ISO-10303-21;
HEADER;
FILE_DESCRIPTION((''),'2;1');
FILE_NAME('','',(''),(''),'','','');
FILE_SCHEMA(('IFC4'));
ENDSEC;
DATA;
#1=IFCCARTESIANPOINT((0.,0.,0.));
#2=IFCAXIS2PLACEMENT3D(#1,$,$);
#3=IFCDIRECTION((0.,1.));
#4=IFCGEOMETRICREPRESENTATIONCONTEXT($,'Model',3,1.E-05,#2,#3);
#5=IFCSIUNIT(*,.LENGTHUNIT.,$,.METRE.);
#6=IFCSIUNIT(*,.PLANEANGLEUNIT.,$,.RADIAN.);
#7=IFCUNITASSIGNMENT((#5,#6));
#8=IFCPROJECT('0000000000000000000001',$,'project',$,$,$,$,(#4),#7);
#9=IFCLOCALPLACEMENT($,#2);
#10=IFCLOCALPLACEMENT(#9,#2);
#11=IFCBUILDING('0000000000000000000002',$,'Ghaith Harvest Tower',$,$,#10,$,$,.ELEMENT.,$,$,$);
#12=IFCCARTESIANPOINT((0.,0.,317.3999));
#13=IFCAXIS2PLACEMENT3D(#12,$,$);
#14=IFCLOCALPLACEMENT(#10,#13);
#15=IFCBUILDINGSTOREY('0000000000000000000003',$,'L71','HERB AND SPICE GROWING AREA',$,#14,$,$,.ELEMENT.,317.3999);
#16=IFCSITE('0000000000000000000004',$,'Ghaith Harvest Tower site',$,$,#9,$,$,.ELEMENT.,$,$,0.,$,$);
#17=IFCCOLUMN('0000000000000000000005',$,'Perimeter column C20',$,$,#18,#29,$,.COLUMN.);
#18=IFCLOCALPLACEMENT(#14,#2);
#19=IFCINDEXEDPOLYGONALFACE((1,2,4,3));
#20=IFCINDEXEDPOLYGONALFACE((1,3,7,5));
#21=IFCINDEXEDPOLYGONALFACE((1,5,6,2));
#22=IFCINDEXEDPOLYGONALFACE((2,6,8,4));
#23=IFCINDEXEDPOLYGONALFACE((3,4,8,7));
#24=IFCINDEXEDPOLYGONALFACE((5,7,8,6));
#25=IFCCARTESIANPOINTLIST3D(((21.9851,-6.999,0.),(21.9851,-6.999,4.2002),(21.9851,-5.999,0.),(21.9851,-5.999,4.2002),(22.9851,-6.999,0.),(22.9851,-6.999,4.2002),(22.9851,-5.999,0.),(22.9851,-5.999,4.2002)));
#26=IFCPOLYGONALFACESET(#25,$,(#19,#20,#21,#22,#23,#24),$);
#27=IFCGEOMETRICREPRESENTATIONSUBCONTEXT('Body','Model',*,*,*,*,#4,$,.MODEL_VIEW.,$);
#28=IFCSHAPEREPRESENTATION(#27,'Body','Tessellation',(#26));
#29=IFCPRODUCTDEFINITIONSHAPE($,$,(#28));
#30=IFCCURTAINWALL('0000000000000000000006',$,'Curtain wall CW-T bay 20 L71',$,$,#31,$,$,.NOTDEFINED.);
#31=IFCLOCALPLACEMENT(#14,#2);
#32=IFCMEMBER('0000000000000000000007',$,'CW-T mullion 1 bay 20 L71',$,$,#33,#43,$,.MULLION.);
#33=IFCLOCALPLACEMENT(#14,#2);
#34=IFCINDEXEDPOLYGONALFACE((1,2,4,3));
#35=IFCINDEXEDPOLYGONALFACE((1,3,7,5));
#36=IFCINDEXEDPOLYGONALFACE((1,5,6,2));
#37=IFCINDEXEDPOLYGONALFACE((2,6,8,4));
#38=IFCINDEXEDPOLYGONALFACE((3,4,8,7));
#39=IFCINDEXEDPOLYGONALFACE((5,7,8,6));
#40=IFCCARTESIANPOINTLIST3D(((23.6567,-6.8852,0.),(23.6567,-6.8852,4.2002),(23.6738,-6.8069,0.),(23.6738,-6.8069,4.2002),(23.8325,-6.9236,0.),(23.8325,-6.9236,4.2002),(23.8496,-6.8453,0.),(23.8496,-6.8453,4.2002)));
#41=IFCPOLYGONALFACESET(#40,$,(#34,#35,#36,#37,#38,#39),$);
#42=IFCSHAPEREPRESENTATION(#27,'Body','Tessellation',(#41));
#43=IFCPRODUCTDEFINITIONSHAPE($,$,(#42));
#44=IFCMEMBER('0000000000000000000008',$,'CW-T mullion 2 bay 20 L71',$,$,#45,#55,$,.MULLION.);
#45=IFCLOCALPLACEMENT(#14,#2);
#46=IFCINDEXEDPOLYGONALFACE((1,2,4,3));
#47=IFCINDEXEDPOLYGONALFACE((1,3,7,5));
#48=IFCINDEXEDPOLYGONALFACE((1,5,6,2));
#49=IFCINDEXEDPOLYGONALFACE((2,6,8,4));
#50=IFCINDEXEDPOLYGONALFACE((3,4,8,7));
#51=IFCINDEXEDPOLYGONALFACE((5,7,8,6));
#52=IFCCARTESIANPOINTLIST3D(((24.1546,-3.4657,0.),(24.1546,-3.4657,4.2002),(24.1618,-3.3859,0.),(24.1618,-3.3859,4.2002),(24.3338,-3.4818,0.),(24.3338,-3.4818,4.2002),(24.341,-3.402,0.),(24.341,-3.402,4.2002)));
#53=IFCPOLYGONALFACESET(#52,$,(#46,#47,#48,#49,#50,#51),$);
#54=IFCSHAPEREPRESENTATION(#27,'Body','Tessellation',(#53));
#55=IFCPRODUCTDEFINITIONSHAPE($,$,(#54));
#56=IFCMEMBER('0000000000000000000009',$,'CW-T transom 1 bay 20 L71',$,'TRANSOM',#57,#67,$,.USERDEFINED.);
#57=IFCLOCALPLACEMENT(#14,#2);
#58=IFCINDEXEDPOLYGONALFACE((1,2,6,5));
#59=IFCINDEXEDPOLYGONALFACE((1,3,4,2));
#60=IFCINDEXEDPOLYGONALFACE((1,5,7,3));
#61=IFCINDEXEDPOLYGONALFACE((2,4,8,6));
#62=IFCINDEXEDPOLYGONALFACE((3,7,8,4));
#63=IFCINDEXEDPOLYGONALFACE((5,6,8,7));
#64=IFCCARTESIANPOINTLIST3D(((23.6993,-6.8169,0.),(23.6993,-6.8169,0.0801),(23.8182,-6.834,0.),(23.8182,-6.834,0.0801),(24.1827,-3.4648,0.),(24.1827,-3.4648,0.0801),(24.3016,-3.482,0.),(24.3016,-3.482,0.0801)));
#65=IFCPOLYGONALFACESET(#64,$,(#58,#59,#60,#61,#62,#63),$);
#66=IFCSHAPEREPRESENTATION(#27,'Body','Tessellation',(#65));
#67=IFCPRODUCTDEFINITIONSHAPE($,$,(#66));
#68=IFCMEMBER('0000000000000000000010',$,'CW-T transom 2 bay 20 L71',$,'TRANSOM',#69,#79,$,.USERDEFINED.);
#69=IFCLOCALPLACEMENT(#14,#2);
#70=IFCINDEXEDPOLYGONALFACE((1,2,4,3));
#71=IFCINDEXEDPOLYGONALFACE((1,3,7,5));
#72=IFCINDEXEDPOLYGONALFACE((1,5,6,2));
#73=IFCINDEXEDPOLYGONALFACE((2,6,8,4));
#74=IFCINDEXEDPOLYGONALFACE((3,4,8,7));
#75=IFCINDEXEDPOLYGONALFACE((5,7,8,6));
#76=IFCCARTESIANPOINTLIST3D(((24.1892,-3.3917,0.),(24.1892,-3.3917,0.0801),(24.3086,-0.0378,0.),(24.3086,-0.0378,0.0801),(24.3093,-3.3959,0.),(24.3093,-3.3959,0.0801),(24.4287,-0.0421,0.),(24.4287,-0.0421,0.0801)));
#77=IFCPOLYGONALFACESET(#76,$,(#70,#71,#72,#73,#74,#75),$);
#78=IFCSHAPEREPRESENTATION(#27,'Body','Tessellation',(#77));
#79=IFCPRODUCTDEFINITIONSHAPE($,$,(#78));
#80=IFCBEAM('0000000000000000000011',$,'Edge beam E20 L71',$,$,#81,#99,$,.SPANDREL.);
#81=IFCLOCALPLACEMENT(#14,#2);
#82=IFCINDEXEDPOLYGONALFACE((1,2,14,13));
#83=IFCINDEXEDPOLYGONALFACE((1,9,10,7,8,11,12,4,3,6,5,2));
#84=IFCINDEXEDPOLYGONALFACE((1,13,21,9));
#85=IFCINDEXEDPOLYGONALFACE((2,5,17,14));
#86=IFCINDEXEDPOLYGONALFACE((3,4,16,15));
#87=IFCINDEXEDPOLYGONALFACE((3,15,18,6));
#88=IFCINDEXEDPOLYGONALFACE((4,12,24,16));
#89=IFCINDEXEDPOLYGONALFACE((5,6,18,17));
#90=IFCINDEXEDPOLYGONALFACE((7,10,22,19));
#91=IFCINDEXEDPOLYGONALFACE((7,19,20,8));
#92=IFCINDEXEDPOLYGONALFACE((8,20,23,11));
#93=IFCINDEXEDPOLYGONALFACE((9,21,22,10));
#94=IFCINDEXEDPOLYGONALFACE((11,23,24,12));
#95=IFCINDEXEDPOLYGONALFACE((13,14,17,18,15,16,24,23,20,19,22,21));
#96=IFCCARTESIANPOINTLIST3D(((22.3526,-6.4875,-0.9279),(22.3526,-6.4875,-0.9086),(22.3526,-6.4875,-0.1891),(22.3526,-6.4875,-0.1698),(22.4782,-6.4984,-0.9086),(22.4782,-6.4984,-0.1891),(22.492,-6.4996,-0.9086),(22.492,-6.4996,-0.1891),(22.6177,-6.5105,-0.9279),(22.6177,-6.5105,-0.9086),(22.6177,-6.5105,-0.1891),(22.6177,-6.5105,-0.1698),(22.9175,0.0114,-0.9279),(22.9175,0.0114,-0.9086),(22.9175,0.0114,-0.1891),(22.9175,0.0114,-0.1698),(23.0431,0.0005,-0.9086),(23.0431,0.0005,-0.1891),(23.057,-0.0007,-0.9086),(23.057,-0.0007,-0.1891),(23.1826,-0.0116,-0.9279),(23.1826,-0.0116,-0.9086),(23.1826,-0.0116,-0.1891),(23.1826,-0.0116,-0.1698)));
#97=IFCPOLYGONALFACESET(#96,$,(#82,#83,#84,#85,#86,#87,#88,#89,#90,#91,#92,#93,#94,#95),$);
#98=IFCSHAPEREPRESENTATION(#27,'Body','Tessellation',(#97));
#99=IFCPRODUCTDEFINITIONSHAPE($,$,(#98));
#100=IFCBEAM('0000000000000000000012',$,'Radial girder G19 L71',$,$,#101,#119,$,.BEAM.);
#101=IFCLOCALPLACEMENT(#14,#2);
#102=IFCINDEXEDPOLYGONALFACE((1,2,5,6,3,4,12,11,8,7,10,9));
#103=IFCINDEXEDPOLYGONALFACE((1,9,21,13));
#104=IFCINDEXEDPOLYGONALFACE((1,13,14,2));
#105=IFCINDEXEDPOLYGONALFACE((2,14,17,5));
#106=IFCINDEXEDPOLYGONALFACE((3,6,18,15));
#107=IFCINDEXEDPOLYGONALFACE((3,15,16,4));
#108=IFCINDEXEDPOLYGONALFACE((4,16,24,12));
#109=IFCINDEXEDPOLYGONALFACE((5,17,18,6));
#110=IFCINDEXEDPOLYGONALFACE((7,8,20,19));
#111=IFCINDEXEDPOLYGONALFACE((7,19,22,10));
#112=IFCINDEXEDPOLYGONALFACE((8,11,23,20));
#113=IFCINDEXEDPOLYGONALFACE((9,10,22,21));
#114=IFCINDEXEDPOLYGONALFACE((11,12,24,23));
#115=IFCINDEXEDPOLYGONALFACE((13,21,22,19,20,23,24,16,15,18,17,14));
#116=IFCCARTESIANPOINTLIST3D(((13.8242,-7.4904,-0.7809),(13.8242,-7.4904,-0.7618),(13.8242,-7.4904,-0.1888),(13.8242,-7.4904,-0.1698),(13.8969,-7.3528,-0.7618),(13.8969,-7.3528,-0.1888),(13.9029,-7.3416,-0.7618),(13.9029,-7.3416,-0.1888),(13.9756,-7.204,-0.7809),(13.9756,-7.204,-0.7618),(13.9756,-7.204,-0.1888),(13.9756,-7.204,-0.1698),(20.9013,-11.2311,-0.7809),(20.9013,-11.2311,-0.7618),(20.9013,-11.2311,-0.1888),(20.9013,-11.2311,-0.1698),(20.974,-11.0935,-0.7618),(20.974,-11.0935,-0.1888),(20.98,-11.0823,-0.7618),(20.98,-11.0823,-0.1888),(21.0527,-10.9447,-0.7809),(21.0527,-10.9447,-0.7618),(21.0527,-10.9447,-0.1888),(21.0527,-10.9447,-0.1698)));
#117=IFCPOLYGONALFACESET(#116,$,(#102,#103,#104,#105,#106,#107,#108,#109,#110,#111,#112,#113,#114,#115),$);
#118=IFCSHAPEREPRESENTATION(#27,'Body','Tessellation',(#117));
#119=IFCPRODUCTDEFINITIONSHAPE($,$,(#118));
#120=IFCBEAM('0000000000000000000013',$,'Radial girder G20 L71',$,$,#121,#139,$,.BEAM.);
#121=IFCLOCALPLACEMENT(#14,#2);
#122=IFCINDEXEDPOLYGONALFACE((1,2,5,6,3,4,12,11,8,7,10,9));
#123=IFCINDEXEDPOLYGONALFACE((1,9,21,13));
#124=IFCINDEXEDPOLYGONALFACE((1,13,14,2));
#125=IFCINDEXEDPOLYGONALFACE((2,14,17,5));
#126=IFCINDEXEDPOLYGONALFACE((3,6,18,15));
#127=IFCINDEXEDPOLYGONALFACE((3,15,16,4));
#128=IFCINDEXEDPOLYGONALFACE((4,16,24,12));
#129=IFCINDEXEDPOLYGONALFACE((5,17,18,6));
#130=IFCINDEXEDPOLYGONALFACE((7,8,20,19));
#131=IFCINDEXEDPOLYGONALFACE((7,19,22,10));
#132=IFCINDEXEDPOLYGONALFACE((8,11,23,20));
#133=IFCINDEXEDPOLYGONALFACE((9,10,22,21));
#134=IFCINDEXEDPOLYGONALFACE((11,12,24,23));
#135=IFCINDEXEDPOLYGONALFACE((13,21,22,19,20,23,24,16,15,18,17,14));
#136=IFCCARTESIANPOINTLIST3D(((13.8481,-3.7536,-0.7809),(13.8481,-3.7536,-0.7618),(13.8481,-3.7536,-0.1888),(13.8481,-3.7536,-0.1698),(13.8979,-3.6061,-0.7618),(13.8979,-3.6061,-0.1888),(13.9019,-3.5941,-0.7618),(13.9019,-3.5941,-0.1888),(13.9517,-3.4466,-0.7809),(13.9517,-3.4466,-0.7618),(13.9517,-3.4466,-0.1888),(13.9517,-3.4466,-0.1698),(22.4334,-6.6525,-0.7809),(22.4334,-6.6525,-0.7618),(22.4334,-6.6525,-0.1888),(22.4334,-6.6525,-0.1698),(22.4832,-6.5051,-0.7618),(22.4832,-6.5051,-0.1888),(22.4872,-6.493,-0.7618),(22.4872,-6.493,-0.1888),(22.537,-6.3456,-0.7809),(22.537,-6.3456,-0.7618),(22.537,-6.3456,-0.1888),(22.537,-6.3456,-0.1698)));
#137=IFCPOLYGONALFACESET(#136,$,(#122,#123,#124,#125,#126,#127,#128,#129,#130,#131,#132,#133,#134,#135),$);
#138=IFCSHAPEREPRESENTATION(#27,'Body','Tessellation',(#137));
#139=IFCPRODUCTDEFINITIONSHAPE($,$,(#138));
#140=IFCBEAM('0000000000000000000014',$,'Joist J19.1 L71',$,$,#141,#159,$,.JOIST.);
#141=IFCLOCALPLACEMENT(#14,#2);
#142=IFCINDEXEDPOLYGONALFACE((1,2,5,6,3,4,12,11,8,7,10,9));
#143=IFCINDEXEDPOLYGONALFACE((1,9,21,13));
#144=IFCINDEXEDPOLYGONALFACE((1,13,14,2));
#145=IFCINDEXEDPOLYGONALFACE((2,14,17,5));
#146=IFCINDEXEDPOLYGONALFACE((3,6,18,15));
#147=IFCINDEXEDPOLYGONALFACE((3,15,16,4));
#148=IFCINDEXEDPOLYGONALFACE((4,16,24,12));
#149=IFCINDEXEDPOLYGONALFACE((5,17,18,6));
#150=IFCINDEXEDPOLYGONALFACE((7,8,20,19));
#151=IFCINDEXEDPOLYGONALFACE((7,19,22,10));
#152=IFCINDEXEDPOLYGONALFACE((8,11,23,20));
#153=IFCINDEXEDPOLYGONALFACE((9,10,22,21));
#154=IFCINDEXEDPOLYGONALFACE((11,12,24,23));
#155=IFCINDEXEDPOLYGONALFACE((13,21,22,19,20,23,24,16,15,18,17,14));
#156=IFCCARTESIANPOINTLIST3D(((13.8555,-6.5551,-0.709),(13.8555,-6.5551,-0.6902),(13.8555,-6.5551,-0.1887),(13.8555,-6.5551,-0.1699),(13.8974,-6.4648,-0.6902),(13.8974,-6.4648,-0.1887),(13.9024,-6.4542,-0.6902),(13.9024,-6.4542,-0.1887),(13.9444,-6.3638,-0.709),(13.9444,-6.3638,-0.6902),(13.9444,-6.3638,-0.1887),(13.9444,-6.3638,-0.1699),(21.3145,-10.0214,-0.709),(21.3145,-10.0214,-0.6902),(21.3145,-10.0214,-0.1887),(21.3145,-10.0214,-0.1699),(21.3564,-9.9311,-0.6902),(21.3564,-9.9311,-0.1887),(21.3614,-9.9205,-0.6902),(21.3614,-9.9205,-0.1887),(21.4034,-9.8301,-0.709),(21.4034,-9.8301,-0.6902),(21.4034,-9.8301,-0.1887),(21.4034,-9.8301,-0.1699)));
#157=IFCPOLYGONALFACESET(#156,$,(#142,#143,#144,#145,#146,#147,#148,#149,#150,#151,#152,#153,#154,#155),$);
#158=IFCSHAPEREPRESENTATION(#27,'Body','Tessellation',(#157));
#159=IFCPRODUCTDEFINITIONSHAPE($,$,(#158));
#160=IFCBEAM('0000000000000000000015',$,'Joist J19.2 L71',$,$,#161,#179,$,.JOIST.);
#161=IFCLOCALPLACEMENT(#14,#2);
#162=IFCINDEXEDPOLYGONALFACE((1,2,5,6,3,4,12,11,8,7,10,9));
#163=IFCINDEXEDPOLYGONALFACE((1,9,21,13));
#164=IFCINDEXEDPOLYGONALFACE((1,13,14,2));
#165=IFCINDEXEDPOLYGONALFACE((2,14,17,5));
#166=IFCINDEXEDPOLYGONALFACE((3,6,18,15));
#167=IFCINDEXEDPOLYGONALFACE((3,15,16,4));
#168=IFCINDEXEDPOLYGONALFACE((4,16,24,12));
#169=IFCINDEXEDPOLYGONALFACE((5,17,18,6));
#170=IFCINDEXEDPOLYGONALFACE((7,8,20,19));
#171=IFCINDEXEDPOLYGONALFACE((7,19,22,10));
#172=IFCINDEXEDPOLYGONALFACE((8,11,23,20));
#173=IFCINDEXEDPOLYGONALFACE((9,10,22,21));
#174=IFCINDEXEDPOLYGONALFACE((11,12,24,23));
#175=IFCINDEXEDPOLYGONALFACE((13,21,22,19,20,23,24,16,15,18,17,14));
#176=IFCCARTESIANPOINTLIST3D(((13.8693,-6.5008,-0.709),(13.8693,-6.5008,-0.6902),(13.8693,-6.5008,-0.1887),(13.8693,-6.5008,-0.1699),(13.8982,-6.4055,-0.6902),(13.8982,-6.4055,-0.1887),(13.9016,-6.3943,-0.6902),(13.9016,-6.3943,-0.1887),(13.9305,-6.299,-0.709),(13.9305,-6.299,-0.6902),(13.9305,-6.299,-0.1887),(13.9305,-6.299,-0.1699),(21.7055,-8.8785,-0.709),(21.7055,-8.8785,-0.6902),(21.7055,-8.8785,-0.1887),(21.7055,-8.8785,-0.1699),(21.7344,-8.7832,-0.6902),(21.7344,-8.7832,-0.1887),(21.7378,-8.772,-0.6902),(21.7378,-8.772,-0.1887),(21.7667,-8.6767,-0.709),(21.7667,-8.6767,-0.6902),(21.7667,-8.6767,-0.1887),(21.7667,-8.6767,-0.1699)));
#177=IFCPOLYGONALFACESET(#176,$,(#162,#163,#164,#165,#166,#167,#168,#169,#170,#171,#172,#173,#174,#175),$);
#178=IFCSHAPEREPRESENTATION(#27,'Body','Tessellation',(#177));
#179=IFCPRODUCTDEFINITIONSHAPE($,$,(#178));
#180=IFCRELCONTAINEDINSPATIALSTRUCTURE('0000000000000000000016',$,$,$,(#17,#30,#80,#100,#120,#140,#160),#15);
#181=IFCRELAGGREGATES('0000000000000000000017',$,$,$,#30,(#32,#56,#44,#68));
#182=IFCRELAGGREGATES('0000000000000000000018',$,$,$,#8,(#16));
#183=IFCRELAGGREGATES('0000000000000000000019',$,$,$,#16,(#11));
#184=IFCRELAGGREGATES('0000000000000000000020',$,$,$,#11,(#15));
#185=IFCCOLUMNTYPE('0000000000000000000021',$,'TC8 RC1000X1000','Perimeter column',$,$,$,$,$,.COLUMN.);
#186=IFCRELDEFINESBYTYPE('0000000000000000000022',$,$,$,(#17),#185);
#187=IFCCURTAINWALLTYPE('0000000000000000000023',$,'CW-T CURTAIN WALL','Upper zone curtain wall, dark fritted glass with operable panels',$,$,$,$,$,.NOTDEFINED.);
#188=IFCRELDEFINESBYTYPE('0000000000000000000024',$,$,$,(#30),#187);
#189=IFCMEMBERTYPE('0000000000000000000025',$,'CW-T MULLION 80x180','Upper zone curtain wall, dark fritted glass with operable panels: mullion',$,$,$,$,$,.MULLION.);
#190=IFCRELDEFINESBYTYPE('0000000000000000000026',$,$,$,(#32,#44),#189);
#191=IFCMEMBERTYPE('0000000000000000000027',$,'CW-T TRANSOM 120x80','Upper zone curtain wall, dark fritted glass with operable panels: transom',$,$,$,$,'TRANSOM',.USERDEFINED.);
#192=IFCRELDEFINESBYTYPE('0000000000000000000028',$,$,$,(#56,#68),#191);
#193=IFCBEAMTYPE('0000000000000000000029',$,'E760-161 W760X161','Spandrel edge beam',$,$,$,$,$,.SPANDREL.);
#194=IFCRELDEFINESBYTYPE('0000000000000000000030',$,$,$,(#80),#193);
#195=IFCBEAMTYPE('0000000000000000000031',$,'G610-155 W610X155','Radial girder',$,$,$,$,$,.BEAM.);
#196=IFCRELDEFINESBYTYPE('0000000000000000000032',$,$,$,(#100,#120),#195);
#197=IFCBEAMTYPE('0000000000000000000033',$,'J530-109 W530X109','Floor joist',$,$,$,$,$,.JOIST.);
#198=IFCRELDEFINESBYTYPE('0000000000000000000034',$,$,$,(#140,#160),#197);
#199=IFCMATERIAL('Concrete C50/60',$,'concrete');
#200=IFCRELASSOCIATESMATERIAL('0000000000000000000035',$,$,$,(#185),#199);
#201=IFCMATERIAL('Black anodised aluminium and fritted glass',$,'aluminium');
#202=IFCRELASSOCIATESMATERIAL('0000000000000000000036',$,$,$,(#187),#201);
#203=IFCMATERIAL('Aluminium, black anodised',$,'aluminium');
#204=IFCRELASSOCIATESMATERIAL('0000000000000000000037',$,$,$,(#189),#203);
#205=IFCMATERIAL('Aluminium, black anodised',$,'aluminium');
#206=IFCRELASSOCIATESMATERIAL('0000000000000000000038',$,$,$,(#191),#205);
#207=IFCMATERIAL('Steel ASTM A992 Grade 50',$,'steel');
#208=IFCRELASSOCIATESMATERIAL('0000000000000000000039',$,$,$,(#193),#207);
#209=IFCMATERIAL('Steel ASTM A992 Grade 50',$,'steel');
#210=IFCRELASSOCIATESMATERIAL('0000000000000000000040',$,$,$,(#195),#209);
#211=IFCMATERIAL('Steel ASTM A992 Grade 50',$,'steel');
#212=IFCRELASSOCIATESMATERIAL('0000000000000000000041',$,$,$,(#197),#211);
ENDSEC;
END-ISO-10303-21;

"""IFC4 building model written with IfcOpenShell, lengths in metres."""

from ifc_helpers import new_model, si_unit, direction, frame, origin, origin_2d, place, context, subcontext, project, spatial, rectangle, i_section, extrude, material, material_profile, profile_set, type_object, element, aggregate, save


model = new_model("IFC4")

# Units and contexts
model_context = context("Model", 3, precision=1e-05, world=origin(), true_north=direction((0.0, 1.0)))
body_context = subcontext(model_context, "Body", "Model", "MODEL_VIEW")
ifc_project = project(units=[si_unit("LENGTHUNIT", "METRE"), si_unit("PLANEANGLEUNIT", "RADIAN")], contexts=[model_context])

# Site, building, storey
site_placement = place(None, origin())
site = spatial("IfcSite", under=ifc_project, at=site_placement, Name="Ghaith Harvest Tower site", CompositionType="ELEMENT", RefElevation=0.0)
building_placement = place(site_placement, origin())
building = spatial("IfcBuilding", under=site, at=building_placement, Name="Ghaith Harvest Tower", CompositionType="ELEMENT")
storey_placement = place(building_placement, frame((0.0, 0.0, 317.3999)))
storey = spatial("IfcBuildingStorey", under=building, at=storey_placement, Name="L71", Description="HERB AND SPICE GROWING AREA", CompositionType="ELEMENT", Elevation=317.3999)

# Column
ifc_material_1 = material(Name="Concrete C50/60", Category="concrete")
ifc_material_profile_1 = material_profile(ifc_material_1, rectangle(XDim=1.0, YDim=1.0, at=origin_2d()), Name="RC1000X1000")
ifc_profile_set_1 = profile_set([ifc_material_profile_1], Name="Concrete C50/60")
column_type = type_object("IfcColumnType", Name="TC8 RC1000X1000", Description="Perimeter column", PredefinedType="COLUMN", material=ifc_profile_set_1)
column_placement = place(storey_placement, frame((22.4851, -6.499, 0.0), z_axis=(0.0, 0.0, 1.0), x_axis=(1.0, 0.0, 0.0)))
element("IfcColumn", 1, at=column_placement, inside=storey, type_object=column_type, Name="Perimeter column C20", PredefinedType="COLUMN", context=body_context, shape_type="SweptSolid", body=[
    extrude(rectangle(XDim=1.0, YDim=1.0, at=origin_2d()), origin(), (0.0, 0.0, 1.0), 4.2002),
])

# Curtain wall, members
ifc_material_2 = material(Name="Black anodised aluminium and fritted glass", Category="aluminium")
curtain_wall_type = type_object("IfcCurtainWallType", Name="CW-T CURTAIN WALL", Description="Upper zone curtain wall, dark fritted glass with operable panels", PredefinedType="NOTDEFINED", material=ifc_material_2)
curtain_wall_1_placement = place(storey_placement, origin())
curtain_wall_1 = element("IfcCurtainWall", 2, at=curtain_wall_1_placement, inside=storey, type_object=curtain_wall_type, Name="Curtain wall CW-T bay 20 L71", PredefinedType="NOTDEFINED")
ifc_material_3 = material(Name="Aluminium, black anodised", Category="aluminium")
ifc_material_profile_2 = material_profile(ifc_material_3, rectangle(XDim=0.0801, YDim=0.1799, at=origin_2d()), Name="CW-T MULLION 80x180")
ifc_profile_set_2 = profile_set([ifc_material_profile_2], Name="Aluminium, black anodised")
member_type_1 = type_object("IfcMemberType", Name="CW-T MULLION 80x180", Description="Upper zone curtain wall, dark fritted glass with operable panels: mullion", PredefinedType="MULLION", material=ifc_profile_set_2)
member_1_placement = place(storey_placement, frame((23.7532, -6.8652, 0.0), z_axis=(0.0, 0.0, 1.0), x_axis=(0.213402, 0.976964, 0.0)))
member_1 = element("IfcMember", 3, at=member_1_placement, type_object=member_type_1, Name="CW-T mullion 1 bay 20 L71", PredefinedType="MULLION", context=body_context, shape_type="SweptSolid", body=[
    extrude(rectangle(XDim=0.0801, YDim=0.1799, at=origin_2d()), origin(), (0.0, 0.0, 1.0), 4.2002),
])
member_2_placement = place(storey_placement, frame((24.2478, -3.4338, 0.0), z_axis=(0.0, 0.0, 1.0), x_axis=(0.089502, 0.995987, 0.0)))
member_2 = element("IfcMember", 4, at=member_2_placement, type_object=member_type_1, Name="CW-T mullion 2 bay 20 L71", PredefinedType="MULLION", context=body_context, shape_type="SweptSolid", body=[
    extrude(rectangle(XDim=0.0801, YDim=0.1799, at=origin_2d()), origin(), (0.0, 0.0, 1.0), 4.2002),
])
ifc_material_4 = material(Name="Aluminium, black anodised", Category="aluminium")
ifc_material_profile_3 = material_profile(ifc_material_4, rectangle(XDim=0.1201, YDim=0.0801, at=origin_2d()), Name="CW-T TRANSOM 120x80")
ifc_profile_set_3 = profile_set([ifc_material_profile_3], Name="Aluminium, black anodised")
member_type_2 = type_object("IfcMemberType", Name="CW-T TRANSOM 120x80", Description="Upper zone curtain wall, dark fritted glass with operable panels: transom", ElementType="TRANSOM", PredefinedType="USERDEFINED", material=ifc_profile_set_3)
member_3_placement = place(storey_placement, frame((23.7588, -6.8254, 0.04), z_axis=(0.142733, 0.989761, 0.0), x_axis=(-0.989761, 0.142733, 0.0)))
member_3 = element("IfcMember", 5, at=member_3_placement, type_object=member_type_2, Name="CW-T transom 1 bay 20 L71", ObjectType="TRANSOM", PredefinedType="USERDEFINED", context=body_context, shape_type="SweptSolid", body=[
    extrude(rectangle(XDim=0.1201, YDim=0.0801, at=origin_2d()), origin(), (0.0, 0.0, 1.0), 3.3867),
])
member_4_placement = place(storey_placement, frame((24.2493, -3.3938, 0.04), z_axis=(0.035575, 0.999367, 0.0), x_axis=(-0.999367, 0.035575, 0.0)))
member_4 = element("IfcMember", 6, at=member_4_placement, type_object=member_type_2, Name="CW-T transom 2 bay 20 L71", ObjectType="TRANSOM", PredefinedType="USERDEFINED", context=body_context, shape_type="SweptSolid", body=[
    extrude(rectangle(XDim=0.1201, YDim=0.0801, at=origin_2d()), origin(), (0.0, 0.0, 1.0), 3.356),
])

# Beams
ifc_material_5 = material(Name="Steel ASTM A992 Grade 50", Category="steel")
ifc_material_profile_4 = material_profile(ifc_material_5, i_section(OverallWidth=0.2661, OverallDepth=0.7581, WebThickness=0.0139, FlangeThickness=0.0193, at=origin_2d()), Name="W760X161")
ifc_profile_set_4 = profile_set([ifc_material_profile_4], Name="Steel ASTM A992 Grade 50")
beam_type_1 = type_object("IfcBeamType", Name="E760-161 W760X161", Description="Spandrel edge beam", PredefinedType="SPANDREL", material=ifc_profile_set_4)
beam_1_placement = place(storey_placement, frame((22.4851, -6.499, -0.5488), z_axis=(0.086601, 0.996243, 0.0), x_axis=(-0.996243, 0.086601, 0.0)))
element("IfcBeam", 7, at=beam_1_placement, inside=storey, type_object=beam_type_1, Name="Edge beam E20 L71", PredefinedType="SPANDREL", context=body_context, shape_type="SweptSolid", body=[
    extrude(i_section(OverallWidth=0.2661, OverallDepth=0.7581, WebThickness=0.0139, FlangeThickness=0.0193, at=origin_2d()), origin(), (0.0, 0.0, 1.0), 6.5234),
])
ifc_material_6 = material(Name="Steel ASTM A992 Grade 50", Category="steel")
ifc_material_profile_5 = material_profile(ifc_material_6, i_section(OverallWidth=0.324, OverallDepth=0.6111, WebThickness=0.0127, FlangeThickness=0.019, at=origin_2d()), Name="W610X155")
ifc_profile_set_5 = profile_set([ifc_material_profile_5], Name="Steel ASTM A992 Grade 50")
beam_type_2 = type_object("IfcBeamType", Name="G610-155 W610X155", Description="Radial girder", PredefinedType="BEAM", material=ifc_profile_set_5)
beam_2_placement = place(storey_placement, frame((13.8999, -7.3472, -0.4753), z_axis=(0.884098, -0.467302, 0.0), x_axis=(0.467302, 0.884098, 0.0)))
element("IfcBeam", 8, at=beam_2_placement, inside=storey, type_object=beam_type_2, Name="Radial girder G19 L71", PredefinedType="BEAM", context=body_context, shape_type="SweptSolid", body=[
    extrude(i_section(OverallWidth=0.324, OverallDepth=0.6111, WebThickness=0.0127, FlangeThickness=0.019, at=origin_2d()), origin(), (0.0, 0.0, 1.0), 8.0049),
])
beam_3_placement = place(storey_placement, frame((13.8999, -3.6001, -0.4753), z_axis=(0.947445, -0.319919, 0.0), x_axis=(0.319919, 0.947445, 0.0)))
element("IfcBeam", 9, at=beam_3_placement, inside=storey, type_object=beam_type_2, Name="Radial girder G20 L71", PredefinedType="BEAM", context=body_context, shape_type="SweptSolid", body=[
    extrude(i_section(OverallWidth=0.324, OverallDepth=0.6111, WebThickness=0.0127, FlangeThickness=0.019, at=origin_2d()), origin(), (0.0, 0.0, 1.0), 9.0615),
])
ifc_material_7 = material(Name="Steel ASTM A992 Grade 50", Category="steel")
ifc_material_profile_6 = material_profile(ifc_material_7, i_section(OverallWidth=0.2109, OverallDepth=0.5391, WebThickness=0.0117, FlangeThickness=0.0188, at=origin_2d()), Name="W530X109")
ifc_profile_set_6 = profile_set([ifc_material_profile_6], Name="Steel ASTM A992 Grade 50")
beam_type_3 = type_object("IfcBeamType", Name="J530-109 W530X109", Description="Floor joist", PredefinedType="JOIST", material=ifc_profile_set_6)
beam_4_placement = place(storey_placement, frame((13.8999, -6.4595, -0.4395), z_axis=(0.90686, -0.421432, 0.0), x_axis=(0.421432, 0.90686, 0.0)))
element("IfcBeam", 10, at=beam_4_placement, inside=storey, type_object=beam_type_3, Name="Joist J19.1 L71", PredefinedType="JOIST", context=body_context, shape_type="SweptSolid", body=[
    extrude(i_section(OverallWidth=0.2109, OverallDepth=0.5391, WebThickness=0.0117, FlangeThickness=0.0188, at=origin_2d()), origin(), (0.0, 0.0, 1.0), 8.2251),
])
beam_5_placement = place(storey_placement, frame((13.8999, -6.3999, -0.4395), z_axis=(0.95692, -0.290352, 0.0), x_axis=(0.290352, 0.95692, 0.0)))
element("IfcBeam", 11, at=beam_5_placement, inside=storey, type_object=beam_type_3, Name="Joist J19.2 L71", PredefinedType="JOIST", context=body_context, shape_type="SweptSolid", body=[
    extrude(i_section(OverallWidth=0.2109, OverallDepth=0.5391, WebThickness=0.0117, FlangeThickness=0.0188, at=origin_2d()), origin(), (0.0, 0.0, 1.0), 8.189),
])

aggregate(curtain_wall_1, [member_1, member_3, member_2, member_4])

save(model, "model.ifc")
